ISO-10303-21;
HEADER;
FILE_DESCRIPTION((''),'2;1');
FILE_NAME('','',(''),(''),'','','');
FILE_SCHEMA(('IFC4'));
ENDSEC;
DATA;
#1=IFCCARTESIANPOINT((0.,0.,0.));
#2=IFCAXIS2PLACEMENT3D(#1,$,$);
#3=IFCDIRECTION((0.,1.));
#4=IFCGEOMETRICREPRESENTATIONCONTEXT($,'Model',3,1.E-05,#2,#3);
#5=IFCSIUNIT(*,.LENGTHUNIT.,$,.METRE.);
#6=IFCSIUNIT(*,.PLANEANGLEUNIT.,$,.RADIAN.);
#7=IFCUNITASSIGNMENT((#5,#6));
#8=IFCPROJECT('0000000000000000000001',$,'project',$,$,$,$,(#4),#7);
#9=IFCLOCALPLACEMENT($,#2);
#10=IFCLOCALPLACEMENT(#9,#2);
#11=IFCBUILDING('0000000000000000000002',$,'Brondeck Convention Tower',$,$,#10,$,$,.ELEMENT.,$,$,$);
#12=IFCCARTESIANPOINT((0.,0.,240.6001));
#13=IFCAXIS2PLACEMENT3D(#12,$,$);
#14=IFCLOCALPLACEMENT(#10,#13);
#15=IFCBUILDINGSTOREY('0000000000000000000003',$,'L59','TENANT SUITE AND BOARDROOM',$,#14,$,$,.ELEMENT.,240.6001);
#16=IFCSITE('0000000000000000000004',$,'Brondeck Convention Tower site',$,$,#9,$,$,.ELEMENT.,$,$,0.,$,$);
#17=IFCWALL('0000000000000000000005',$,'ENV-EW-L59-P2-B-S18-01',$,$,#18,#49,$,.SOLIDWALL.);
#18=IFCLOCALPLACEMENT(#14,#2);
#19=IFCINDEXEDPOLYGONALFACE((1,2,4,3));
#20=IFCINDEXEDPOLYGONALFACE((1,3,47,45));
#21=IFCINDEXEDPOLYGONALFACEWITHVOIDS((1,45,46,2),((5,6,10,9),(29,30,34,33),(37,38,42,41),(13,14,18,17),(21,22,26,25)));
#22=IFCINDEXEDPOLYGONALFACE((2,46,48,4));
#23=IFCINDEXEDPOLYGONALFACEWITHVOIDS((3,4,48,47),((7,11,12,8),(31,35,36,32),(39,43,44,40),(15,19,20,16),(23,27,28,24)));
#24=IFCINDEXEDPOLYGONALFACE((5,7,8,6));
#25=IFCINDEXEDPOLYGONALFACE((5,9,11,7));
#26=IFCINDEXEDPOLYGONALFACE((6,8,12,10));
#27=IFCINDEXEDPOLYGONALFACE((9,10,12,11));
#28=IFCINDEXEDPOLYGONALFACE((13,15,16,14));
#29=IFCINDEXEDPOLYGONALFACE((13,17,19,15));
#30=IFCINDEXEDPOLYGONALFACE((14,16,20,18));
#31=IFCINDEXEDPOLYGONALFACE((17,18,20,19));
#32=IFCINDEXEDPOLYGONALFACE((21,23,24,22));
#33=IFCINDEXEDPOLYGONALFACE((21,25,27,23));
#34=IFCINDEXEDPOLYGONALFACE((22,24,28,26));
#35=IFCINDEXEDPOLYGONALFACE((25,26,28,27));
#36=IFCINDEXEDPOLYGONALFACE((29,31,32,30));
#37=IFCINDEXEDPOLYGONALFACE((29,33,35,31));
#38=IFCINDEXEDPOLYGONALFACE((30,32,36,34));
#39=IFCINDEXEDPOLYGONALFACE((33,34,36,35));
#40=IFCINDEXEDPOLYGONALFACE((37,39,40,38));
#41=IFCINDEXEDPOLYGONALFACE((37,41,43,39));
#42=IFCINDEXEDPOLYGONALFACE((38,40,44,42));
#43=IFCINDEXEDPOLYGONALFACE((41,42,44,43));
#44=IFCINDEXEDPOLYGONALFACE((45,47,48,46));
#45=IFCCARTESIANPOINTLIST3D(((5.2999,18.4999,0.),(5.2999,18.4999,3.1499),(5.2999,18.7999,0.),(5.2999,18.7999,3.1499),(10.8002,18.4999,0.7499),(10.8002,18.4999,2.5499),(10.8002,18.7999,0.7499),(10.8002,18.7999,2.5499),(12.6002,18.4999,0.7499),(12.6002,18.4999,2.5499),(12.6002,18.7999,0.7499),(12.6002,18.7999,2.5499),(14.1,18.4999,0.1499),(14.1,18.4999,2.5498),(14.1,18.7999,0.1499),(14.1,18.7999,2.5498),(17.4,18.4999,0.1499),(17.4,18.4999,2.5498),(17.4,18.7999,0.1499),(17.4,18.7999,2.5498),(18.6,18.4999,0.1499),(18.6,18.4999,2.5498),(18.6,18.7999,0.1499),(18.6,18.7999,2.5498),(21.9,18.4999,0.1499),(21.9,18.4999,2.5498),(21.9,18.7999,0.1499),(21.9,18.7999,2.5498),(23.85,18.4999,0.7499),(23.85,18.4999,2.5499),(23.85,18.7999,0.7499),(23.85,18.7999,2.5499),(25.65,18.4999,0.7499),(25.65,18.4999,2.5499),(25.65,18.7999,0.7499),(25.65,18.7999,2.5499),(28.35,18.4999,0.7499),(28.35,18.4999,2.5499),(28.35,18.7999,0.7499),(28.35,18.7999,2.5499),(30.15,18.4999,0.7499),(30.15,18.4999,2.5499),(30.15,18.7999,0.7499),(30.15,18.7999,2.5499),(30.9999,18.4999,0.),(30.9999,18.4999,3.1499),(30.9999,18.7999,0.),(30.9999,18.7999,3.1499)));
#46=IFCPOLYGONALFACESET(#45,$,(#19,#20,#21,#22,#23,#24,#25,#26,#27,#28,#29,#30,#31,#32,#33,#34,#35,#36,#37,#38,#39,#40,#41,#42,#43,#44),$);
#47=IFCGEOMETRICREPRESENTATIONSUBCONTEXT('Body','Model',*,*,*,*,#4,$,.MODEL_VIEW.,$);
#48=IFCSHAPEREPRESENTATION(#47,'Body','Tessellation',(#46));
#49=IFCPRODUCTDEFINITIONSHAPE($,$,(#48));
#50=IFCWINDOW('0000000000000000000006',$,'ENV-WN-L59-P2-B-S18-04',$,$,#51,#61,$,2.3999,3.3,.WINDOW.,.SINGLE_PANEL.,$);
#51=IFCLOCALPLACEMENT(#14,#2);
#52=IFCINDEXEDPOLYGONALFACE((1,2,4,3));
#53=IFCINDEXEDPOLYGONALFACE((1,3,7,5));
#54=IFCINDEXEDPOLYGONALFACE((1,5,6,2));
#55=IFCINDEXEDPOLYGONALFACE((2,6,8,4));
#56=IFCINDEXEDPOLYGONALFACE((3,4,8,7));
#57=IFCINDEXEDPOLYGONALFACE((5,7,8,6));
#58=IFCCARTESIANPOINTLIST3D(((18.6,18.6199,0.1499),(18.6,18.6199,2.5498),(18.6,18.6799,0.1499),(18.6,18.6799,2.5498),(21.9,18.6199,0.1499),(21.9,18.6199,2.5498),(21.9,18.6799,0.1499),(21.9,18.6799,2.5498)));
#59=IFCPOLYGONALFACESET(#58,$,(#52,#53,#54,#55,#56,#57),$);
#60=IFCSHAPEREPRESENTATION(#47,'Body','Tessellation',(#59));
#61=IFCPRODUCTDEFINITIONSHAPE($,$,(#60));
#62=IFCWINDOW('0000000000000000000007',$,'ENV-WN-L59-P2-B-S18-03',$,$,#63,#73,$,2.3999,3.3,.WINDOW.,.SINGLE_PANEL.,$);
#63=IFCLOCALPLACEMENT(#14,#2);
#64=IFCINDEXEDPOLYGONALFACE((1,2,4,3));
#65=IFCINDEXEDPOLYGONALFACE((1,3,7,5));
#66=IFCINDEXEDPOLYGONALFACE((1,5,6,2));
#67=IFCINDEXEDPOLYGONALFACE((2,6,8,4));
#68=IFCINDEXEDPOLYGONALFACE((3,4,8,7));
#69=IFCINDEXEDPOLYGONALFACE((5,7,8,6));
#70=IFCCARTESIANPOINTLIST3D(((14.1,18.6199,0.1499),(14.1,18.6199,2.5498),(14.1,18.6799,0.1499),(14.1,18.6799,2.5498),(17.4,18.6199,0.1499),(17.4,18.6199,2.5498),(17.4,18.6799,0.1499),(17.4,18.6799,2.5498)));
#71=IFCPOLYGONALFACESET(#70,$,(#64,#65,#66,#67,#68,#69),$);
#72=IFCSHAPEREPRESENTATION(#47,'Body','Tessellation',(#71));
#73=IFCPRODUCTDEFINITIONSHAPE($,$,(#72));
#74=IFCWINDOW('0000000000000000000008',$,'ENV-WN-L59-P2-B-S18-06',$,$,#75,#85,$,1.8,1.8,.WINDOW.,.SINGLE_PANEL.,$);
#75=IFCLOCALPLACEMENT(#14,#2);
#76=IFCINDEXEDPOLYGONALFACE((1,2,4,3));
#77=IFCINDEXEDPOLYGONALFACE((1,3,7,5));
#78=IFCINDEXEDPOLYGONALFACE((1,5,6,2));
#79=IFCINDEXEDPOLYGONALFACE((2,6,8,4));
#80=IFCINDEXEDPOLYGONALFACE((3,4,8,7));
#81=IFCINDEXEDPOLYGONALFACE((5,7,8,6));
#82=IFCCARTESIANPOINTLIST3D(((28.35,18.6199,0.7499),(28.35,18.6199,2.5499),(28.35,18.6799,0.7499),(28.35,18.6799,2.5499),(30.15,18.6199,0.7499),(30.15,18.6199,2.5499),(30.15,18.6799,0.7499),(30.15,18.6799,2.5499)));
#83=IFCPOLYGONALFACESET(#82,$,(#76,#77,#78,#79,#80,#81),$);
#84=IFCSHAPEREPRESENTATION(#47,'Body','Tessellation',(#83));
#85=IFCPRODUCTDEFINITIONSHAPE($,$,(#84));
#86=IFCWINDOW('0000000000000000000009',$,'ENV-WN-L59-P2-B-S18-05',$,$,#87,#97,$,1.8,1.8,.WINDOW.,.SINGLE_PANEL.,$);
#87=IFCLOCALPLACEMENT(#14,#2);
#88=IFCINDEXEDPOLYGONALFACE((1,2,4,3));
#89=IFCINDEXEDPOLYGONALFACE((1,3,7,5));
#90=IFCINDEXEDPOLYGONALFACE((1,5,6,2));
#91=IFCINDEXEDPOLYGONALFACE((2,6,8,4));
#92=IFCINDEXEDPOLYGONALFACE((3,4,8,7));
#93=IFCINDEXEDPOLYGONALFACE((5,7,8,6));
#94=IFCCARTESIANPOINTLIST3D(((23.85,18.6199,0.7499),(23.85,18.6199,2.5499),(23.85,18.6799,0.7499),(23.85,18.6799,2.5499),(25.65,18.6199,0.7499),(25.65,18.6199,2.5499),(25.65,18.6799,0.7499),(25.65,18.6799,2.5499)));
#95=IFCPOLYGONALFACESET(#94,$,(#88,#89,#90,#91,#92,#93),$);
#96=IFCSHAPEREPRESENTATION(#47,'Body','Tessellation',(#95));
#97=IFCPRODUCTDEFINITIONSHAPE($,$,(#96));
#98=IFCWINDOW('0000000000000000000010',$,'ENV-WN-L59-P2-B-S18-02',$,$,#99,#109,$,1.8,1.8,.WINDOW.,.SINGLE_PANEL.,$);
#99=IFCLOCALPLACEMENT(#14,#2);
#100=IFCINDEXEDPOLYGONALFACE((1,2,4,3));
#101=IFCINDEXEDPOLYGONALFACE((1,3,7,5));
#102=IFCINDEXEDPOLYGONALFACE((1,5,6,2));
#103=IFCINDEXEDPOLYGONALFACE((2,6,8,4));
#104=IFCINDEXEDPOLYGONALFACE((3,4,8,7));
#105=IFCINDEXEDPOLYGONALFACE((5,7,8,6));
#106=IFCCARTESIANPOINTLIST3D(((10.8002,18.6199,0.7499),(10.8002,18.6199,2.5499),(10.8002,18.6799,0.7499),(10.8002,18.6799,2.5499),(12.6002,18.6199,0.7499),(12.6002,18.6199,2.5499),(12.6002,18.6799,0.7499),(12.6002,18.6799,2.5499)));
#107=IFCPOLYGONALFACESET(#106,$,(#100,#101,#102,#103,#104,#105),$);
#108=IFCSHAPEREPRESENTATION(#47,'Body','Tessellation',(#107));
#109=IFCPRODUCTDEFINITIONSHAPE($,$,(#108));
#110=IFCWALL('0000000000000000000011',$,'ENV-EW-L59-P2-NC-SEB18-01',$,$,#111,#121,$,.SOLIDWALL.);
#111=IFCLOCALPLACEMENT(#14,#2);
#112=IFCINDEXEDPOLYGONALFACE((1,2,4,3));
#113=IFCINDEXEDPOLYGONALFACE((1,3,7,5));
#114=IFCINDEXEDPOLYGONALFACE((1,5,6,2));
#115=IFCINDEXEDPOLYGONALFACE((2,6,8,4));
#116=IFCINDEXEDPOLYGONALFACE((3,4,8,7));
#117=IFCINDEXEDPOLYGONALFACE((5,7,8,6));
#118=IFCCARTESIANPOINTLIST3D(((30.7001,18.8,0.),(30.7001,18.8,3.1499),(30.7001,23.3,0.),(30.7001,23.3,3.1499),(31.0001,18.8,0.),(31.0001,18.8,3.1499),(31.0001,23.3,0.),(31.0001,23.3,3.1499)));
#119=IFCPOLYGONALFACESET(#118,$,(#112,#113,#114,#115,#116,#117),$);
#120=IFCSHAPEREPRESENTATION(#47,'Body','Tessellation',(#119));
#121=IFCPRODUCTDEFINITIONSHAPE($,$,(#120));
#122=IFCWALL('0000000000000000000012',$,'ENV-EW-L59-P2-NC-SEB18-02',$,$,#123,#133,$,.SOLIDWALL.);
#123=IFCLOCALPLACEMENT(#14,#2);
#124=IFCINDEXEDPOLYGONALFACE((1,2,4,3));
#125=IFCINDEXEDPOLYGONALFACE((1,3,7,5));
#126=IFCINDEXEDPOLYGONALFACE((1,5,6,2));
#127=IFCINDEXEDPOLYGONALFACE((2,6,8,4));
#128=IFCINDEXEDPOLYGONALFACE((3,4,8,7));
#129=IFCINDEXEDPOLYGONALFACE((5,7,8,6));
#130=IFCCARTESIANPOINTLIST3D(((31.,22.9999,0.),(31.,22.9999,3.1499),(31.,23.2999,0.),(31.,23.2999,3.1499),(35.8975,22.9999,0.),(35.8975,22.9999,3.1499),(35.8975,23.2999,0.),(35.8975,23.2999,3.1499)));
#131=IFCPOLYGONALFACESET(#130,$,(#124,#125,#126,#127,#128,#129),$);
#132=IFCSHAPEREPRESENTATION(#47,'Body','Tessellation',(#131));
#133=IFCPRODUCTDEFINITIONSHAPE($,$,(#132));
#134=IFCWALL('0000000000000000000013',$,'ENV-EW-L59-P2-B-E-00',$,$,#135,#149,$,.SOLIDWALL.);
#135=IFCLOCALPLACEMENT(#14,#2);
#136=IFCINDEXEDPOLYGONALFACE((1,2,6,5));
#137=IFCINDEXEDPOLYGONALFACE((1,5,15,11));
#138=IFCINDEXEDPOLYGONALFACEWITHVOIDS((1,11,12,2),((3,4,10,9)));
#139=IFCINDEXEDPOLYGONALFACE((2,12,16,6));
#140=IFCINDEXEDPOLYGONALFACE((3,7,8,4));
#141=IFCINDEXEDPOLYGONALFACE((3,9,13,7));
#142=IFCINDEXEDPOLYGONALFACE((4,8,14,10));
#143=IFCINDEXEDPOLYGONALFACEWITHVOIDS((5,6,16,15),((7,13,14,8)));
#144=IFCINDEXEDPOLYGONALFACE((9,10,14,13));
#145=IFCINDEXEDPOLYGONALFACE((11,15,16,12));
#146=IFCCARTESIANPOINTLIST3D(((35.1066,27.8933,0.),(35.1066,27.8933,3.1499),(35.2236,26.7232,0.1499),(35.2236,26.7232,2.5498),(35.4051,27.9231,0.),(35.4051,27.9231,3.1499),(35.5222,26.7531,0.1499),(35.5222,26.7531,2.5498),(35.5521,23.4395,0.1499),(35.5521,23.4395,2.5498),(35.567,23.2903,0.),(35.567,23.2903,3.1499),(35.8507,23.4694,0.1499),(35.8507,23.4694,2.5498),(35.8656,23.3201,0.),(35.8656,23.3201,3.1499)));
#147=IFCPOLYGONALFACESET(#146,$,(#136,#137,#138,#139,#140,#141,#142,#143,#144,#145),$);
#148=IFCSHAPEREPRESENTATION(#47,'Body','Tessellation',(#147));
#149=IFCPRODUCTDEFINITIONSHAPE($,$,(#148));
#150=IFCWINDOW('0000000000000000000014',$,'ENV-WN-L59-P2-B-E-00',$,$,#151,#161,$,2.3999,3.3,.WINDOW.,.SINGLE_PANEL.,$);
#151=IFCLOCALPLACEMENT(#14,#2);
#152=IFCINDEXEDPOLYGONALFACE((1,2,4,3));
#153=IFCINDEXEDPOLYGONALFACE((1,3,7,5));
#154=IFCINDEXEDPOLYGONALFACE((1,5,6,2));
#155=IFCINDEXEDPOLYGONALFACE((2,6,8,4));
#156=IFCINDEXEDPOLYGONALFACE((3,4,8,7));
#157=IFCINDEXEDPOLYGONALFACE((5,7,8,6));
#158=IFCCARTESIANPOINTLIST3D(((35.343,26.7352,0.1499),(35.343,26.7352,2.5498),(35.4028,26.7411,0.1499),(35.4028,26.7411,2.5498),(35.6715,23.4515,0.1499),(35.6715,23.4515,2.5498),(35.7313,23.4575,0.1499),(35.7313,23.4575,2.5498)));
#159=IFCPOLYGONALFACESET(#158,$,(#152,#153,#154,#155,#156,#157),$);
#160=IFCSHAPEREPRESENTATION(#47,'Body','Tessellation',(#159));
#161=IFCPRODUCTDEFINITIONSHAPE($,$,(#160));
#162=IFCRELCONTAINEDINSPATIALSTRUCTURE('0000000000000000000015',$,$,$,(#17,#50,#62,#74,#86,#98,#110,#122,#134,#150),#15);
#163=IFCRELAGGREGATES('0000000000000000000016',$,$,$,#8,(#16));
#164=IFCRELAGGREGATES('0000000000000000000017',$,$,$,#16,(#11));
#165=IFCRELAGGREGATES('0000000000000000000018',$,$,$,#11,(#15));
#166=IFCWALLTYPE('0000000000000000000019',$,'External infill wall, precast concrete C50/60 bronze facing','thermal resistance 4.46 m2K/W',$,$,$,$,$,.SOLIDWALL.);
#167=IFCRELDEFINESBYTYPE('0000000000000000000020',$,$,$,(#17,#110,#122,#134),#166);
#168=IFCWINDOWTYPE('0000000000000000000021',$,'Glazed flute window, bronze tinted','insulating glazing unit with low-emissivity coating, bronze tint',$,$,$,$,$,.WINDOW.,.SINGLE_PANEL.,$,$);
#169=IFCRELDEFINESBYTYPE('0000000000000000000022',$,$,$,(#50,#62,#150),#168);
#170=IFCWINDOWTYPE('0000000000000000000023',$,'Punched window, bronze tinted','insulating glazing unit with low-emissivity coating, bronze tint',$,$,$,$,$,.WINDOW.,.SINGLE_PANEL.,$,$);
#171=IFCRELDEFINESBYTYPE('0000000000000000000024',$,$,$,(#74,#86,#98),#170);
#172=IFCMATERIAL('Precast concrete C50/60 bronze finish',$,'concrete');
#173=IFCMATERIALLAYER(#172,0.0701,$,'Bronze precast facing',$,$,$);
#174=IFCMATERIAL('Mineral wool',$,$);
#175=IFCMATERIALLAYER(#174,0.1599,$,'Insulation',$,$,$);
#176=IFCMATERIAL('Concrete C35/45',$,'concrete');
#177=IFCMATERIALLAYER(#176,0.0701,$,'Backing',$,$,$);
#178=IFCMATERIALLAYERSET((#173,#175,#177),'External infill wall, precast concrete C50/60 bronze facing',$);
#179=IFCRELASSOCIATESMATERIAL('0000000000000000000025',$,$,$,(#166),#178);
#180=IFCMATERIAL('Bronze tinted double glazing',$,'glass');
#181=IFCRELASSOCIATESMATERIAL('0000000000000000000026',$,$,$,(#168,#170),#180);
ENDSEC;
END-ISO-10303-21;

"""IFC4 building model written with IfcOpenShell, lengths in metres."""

from ifc_helpers import new_model, si_unit, direction, frame, frame_2d, origin, place, context, subcontext, project, spatial, rectangle, extrude, material, layer, layer_set, type_object, element, fill, save


model = new_model("IFC4")

# Units and contexts
model_context = context("Model", 3, precision=1e-05, world=origin(), true_north=direction((0.0, 1.0)))
body_context = subcontext(model_context, "Body", "Model", "MODEL_VIEW")
ifc_project = project(units=[si_unit("LENGTHUNIT", "METRE"), si_unit("PLANEANGLEUNIT", "RADIAN")], contexts=[model_context])

# Site, building, storey
site_placement = place(None, origin())
site = spatial("IfcSite", under=ifc_project, at=site_placement, Name="Brondeck Convention Tower site", CompositionType="ELEMENT", RefElevation=0.0)
building_placement = place(site_placement, origin())
building = spatial("IfcBuilding", under=site, at=building_placement, Name="Brondeck Convention Tower", CompositionType="ELEMENT")
storey_placement = place(building_placement, frame((0.0, 0.0, 240.6001)))
storey = spatial("IfcBuildingStorey", under=building, at=storey_placement, Name="L59", Description="TENANT SUITE AND BOARDROOM", CompositionType="ELEMENT", Elevation=240.6001)

# Wall, openings, windows
ifc_material_1 = material(Name="Precast concrete C50/60 bronze finish", Category="concrete")
ifc_layer_1 = layer(ifc_material_1, 0.0701, Name="Bronze precast facing")
ifc_material_2 = material(Name="Mineral wool")
ifc_layer_2 = layer(ifc_material_2, 0.1599, Name="Insulation")
ifc_material_3 = material(Name="Concrete C35/45", Category="concrete")
ifc_layer_3 = layer(ifc_material_3, 0.0701, Name="Backing")
ifc_layer_set_1 = layer_set([ifc_layer_1, ifc_layer_2, ifc_layer_3], Name="External infill wall, precast concrete C50/60 bronze facing")
wall_type_1 = type_object("IfcWallType", Name="External infill wall, precast concrete C50/60 bronze facing", Description="thermal resistance 4.46 m2K/W", PredefinedType="SOLIDWALL", material=ifc_layer_set_1)
wall_1_placement = place(storey_placement, frame((31.0, 18.6499, 0.0), z_axis=(0.0, 0.0, 1.0), x_axis=(-1.0, 0.0, 0.0)))
wall_1 = element("IfcWall", 1, at=wall_1_placement, inside=storey, type_object=wall_type_1, Name="ENV-EW-L59-P2-B-S18-01", PredefinedType="SOLIDWALL", context=body_context, shape_type="SweptSolid", body=[
    extrude(rectangle(XDim=25.7, YDim=0.3, at=frame_2d((12.8501, 0.0))), origin(), (0.0, 0.0, 1.0), 3.1499),
])
opening_1_placement = place(wall_1_placement, frame((0.8501, 0.0, 0.75)))
opening_1 = element("IfcOpeningElement", 2, at=opening_1_placement, cuts=wall_1, PredefinedType="OPENING", context=body_context, shape_type="SweptSolid", body=[
    extrude(rectangle(XDim=1.8, YDim=1.8, at=frame_2d((0.8999, 0.8999))), frame((0.0, 0.1599, 0.0), z_axis=(0.0, -1.0, 0.0), x_axis=(1.0, 0.0, 0.0)), (0.0, 0.0, 1.0), 0.3201),
])
opening_2_placement = place(wall_1_placement, frame((5.3501, 0.0, 0.75)))
opening_2 = element("IfcOpeningElement", 3, at=opening_2_placement, cuts=wall_1, PredefinedType="OPENING", context=body_context, shape_type="SweptSolid", body=[
    extrude(rectangle(XDim=1.8, YDim=1.8, at=frame_2d((0.8999, 0.8999))), frame((0.0, 0.1599, 0.0), z_axis=(0.0, -1.0, 0.0), x_axis=(1.0, 0.0, 0.0)), (0.0, 0.0, 1.0), 0.3201),
])
opening_3_placement = place(wall_1_placement, frame((9.1001, 0.0, 0.1499)))
opening_3 = element("IfcOpeningElement", 4, at=opening_3_placement, cuts=wall_1, PredefinedType="OPENING", context=body_context, shape_type="SweptSolid", body=[
    extrude(rectangle(XDim=3.3, YDim=2.3999, at=frame_2d((1.6499, 1.2))), frame((0.0, 0.1599, 0.0), z_axis=(0.0, -1.0, 0.0), x_axis=(1.0, 0.0, 0.0)), (0.0, 0.0, 1.0), 0.3201),
])
opening_4_placement = place(wall_1_placement, frame((13.6001, 0.0, 0.1499)))
opening_4 = element("IfcOpeningElement", 5, at=opening_4_placement, cuts=wall_1, PredefinedType="OPENING", context=body_context, shape_type="SweptSolid", body=[
    extrude(rectangle(XDim=3.3, YDim=2.3999, at=frame_2d((1.6499, 1.2))), frame((0.0, 0.1599, 0.0), z_axis=(0.0, -1.0, 0.0), x_axis=(1.0, 0.0, 0.0)), (0.0, 0.0, 1.0), 0.3201),
])
opening_5_placement = place(wall_1_placement, frame((18.3999, 0.0, 0.75)))
opening_5 = element("IfcOpeningElement", 6, at=opening_5_placement, cuts=wall_1, PredefinedType="OPENING", context=body_context, shape_type="SweptSolid", body=[
    extrude(rectangle(XDim=1.8, YDim=1.8, at=frame_2d((0.8999, 0.8999))), frame((0.0, 0.1599, 0.0), z_axis=(0.0, -1.0, 0.0), x_axis=(1.0, 0.0, 0.0)), (0.0, 0.0, 1.0), 0.3201),
])
ifc_material_4 = material(Name="Bronze tinted double glazing", Category="glass")
window_type_1 = type_object("IfcWindowType", Name="Glazed flute window, bronze tinted", Description="insulating glazing unit with low-emissivity coating, bronze tint", PartitioningType="SINGLE_PANEL", PredefinedType="WINDOW", material=ifc_material_4)
window_1_placement = place(opening_3_placement, origin())
window_1 = element("IfcWindow", 7, at=window_1_placement, inside=storey, type_object=window_type_1, Name="ENV-WN-L59-P2-B-S18-04", OverallHeight=2.3999, OverallWidth=3.3, PartitioningType="SINGLE_PANEL", PredefinedType="WINDOW", context=body_context, shape_type="SweptSolid", body=[
    extrude(rectangle(XDim=3.3, YDim=2.3999, at=frame_2d((1.6499, 1.2))), frame((0.0, 0.03, 0.0), z_axis=(0.0, -1.0, 0.0), x_axis=(1.0, 0.0, 0.0)), (0.0, 0.0, 1.0), 0.0601),
])
fill(opening_3, window_1)
window_2_placement = place(opening_4_placement, origin())
window_2 = element("IfcWindow", 8, at=window_2_placement, inside=storey, type_object=window_type_1, Name="ENV-WN-L59-P2-B-S18-03", OverallHeight=2.3999, OverallWidth=3.3, PartitioningType="SINGLE_PANEL", PredefinedType="WINDOW", context=body_context, shape_type="SweptSolid", body=[
    extrude(rectangle(XDim=3.3, YDim=2.3999, at=frame_2d((1.6499, 1.2))), frame((0.0, 0.03, 0.0), z_axis=(0.0, -1.0, 0.0), x_axis=(1.0, 0.0, 0.0)), (0.0, 0.0, 1.0), 0.0601),
])
fill(opening_4, window_2)
window_type_2 = type_object("IfcWindowType", Name="Punched window, bronze tinted", Description="insulating glazing unit with low-emissivity coating, bronze tint", PartitioningType="SINGLE_PANEL", PredefinedType="WINDOW", material=ifc_material_4)
window_3_placement = place(opening_1_placement, origin())
window_3 = element("IfcWindow", 9, at=window_3_placement, inside=storey, type_object=window_type_2, Name="ENV-WN-L59-P2-B-S18-06", OverallHeight=1.8, OverallWidth=1.8, PartitioningType="SINGLE_PANEL", PredefinedType="WINDOW", context=body_context, shape_type="SweptSolid", body=[
    extrude(rectangle(XDim=1.8, YDim=1.8, at=frame_2d((0.8999, 0.8999))), frame((0.0, 0.03, 0.0), z_axis=(0.0, -1.0, 0.0), x_axis=(1.0, 0.0, 0.0)), (0.0, 0.0, 1.0), 0.0601),
])
fill(opening_1, window_3)
window_4_placement = place(opening_2_placement, origin())
window_4 = element("IfcWindow", 10, at=window_4_placement, inside=storey, type_object=window_type_2, Name="ENV-WN-L59-P2-B-S18-05", OverallHeight=1.8, OverallWidth=1.8, PartitioningType="SINGLE_PANEL", PredefinedType="WINDOW", context=body_context, shape_type="SweptSolid", body=[
    extrude(rectangle(XDim=1.8, YDim=1.8, at=frame_2d((0.8999, 0.8999))), frame((0.0, 0.03, 0.0), z_axis=(0.0, -1.0, 0.0), x_axis=(1.0, 0.0, 0.0)), (0.0, 0.0, 1.0), 0.0601),
])
fill(opening_2, window_4)
window_5_placement = place(opening_5_placement, origin())
window_5 = element("IfcWindow", 11, at=window_5_placement, inside=storey, type_object=window_type_2, Name="ENV-WN-L59-P2-B-S18-02", OverallHeight=1.8, OverallWidth=1.8, PartitioningType="SINGLE_PANEL", PredefinedType="WINDOW", context=body_context, shape_type="SweptSolid", body=[
    extrude(rectangle(XDim=1.8, YDim=1.8, at=frame_2d((0.8999, 0.8999))), frame((0.0, 0.03, 0.0), z_axis=(0.0, -1.0, 0.0), x_axis=(1.0, 0.0, 0.0)), (0.0, 0.0, 1.0), 0.0601),
])
fill(opening_5, window_5)

# Walls
wall_2_placement = place(storey_placement, frame((30.8501, 23.3, 0.0), z_axis=(0.0, 0.0, 1.0), x_axis=(0.0, -1.0, 0.0)))
element("IfcWall", 12, at=wall_2_placement, inside=storey, type_object=wall_type_1, Name="ENV-EW-L59-P2-NC-SEB18-01", PredefinedType="SOLIDWALL", context=body_context, shape_type="SweptSolid", body=[
    extrude(rectangle(XDim=4.5, YDim=0.3, at=frame_2d((2.25, 0.0))), origin(), (0.0, 0.0, 1.0), 3.1499),
])
wall_3_placement = place(storey_placement, frame((35.8975, 23.1499, 0.0), z_axis=(0.0, 0.0, 1.0), x_axis=(-1.0, 0.0, 0.0)))
element("IfcWall", 13, at=wall_3_placement, inside=storey, type_object=wall_type_1, Name="ENV-EW-L59-P2-NC-SEB18-02", PredefinedType="SOLIDWALL", context=body_context, shape_type="SweptSolid", body=[
    extrude(rectangle(XDim=4.8975, YDim=0.3, at=frame_2d((2.4487, 0.0))), origin(), (0.0, 0.0, 1.0), 3.1499),
])

# Wall, opening, window
wall_4_placement = place(storey_placement, frame((35.2559, 27.9082, 0.0), z_axis=(0.0, 0.0, 1.0), x_axis=(0.099535, -0.995034, 0.0)))
wall_4 = element("IfcWall", 14, at=wall_4_placement, inside=storey, type_object=wall_type_1, Name="ENV-EW-L59-P2-B-E-00", PredefinedType="SOLIDWALL", context=body_context, shape_type="SweptSolid", body=[
    extrude(rectangle(XDim=4.626, YDim=0.3, at=frame_2d((2.313, 0.0))), origin(), (0.0, 0.0, 1.0), 3.1499),
])
opening_6_placement = place(wall_4_placement, frame((1.176, 0.0, 0.1499)))
opening_6 = element("IfcOpeningElement", 15, at=opening_6_placement, cuts=wall_4, PredefinedType="OPENING", context=body_context, shape_type="SweptSolid", body=[
    extrude(rectangle(XDim=3.3, YDim=2.3999, at=frame_2d((1.6499, 1.2))), frame((0.0, 0.1599, 0.0), z_axis=(0.0, -1.0, 0.0), x_axis=(1.0, 0.0, 0.0)), (0.0, 0.0, 1.0), 0.3201),
])
window_6_placement = place(opening_6_placement, origin())
window_6 = element("IfcWindow", 16, at=window_6_placement, inside=storey, type_object=window_type_1, Name="ENV-WN-L59-P2-B-E-00", OverallHeight=2.3999, OverallWidth=3.3, PartitioningType="SINGLE_PANEL", PredefinedType="WINDOW", context=body_context, shape_type="SweptSolid", body=[
    extrude(rectangle(XDim=3.3, YDim=2.3999, at=frame_2d((1.6499, 1.2))), frame((0.0, 0.03, 0.0), z_axis=(0.0, -1.0, 0.0), x_axis=(1.0, 0.0, 0.0)), (0.0, 0.0, 1.0), 0.0601),
])
fill(opening_6, window_6)

save(model, "model.ifc")
